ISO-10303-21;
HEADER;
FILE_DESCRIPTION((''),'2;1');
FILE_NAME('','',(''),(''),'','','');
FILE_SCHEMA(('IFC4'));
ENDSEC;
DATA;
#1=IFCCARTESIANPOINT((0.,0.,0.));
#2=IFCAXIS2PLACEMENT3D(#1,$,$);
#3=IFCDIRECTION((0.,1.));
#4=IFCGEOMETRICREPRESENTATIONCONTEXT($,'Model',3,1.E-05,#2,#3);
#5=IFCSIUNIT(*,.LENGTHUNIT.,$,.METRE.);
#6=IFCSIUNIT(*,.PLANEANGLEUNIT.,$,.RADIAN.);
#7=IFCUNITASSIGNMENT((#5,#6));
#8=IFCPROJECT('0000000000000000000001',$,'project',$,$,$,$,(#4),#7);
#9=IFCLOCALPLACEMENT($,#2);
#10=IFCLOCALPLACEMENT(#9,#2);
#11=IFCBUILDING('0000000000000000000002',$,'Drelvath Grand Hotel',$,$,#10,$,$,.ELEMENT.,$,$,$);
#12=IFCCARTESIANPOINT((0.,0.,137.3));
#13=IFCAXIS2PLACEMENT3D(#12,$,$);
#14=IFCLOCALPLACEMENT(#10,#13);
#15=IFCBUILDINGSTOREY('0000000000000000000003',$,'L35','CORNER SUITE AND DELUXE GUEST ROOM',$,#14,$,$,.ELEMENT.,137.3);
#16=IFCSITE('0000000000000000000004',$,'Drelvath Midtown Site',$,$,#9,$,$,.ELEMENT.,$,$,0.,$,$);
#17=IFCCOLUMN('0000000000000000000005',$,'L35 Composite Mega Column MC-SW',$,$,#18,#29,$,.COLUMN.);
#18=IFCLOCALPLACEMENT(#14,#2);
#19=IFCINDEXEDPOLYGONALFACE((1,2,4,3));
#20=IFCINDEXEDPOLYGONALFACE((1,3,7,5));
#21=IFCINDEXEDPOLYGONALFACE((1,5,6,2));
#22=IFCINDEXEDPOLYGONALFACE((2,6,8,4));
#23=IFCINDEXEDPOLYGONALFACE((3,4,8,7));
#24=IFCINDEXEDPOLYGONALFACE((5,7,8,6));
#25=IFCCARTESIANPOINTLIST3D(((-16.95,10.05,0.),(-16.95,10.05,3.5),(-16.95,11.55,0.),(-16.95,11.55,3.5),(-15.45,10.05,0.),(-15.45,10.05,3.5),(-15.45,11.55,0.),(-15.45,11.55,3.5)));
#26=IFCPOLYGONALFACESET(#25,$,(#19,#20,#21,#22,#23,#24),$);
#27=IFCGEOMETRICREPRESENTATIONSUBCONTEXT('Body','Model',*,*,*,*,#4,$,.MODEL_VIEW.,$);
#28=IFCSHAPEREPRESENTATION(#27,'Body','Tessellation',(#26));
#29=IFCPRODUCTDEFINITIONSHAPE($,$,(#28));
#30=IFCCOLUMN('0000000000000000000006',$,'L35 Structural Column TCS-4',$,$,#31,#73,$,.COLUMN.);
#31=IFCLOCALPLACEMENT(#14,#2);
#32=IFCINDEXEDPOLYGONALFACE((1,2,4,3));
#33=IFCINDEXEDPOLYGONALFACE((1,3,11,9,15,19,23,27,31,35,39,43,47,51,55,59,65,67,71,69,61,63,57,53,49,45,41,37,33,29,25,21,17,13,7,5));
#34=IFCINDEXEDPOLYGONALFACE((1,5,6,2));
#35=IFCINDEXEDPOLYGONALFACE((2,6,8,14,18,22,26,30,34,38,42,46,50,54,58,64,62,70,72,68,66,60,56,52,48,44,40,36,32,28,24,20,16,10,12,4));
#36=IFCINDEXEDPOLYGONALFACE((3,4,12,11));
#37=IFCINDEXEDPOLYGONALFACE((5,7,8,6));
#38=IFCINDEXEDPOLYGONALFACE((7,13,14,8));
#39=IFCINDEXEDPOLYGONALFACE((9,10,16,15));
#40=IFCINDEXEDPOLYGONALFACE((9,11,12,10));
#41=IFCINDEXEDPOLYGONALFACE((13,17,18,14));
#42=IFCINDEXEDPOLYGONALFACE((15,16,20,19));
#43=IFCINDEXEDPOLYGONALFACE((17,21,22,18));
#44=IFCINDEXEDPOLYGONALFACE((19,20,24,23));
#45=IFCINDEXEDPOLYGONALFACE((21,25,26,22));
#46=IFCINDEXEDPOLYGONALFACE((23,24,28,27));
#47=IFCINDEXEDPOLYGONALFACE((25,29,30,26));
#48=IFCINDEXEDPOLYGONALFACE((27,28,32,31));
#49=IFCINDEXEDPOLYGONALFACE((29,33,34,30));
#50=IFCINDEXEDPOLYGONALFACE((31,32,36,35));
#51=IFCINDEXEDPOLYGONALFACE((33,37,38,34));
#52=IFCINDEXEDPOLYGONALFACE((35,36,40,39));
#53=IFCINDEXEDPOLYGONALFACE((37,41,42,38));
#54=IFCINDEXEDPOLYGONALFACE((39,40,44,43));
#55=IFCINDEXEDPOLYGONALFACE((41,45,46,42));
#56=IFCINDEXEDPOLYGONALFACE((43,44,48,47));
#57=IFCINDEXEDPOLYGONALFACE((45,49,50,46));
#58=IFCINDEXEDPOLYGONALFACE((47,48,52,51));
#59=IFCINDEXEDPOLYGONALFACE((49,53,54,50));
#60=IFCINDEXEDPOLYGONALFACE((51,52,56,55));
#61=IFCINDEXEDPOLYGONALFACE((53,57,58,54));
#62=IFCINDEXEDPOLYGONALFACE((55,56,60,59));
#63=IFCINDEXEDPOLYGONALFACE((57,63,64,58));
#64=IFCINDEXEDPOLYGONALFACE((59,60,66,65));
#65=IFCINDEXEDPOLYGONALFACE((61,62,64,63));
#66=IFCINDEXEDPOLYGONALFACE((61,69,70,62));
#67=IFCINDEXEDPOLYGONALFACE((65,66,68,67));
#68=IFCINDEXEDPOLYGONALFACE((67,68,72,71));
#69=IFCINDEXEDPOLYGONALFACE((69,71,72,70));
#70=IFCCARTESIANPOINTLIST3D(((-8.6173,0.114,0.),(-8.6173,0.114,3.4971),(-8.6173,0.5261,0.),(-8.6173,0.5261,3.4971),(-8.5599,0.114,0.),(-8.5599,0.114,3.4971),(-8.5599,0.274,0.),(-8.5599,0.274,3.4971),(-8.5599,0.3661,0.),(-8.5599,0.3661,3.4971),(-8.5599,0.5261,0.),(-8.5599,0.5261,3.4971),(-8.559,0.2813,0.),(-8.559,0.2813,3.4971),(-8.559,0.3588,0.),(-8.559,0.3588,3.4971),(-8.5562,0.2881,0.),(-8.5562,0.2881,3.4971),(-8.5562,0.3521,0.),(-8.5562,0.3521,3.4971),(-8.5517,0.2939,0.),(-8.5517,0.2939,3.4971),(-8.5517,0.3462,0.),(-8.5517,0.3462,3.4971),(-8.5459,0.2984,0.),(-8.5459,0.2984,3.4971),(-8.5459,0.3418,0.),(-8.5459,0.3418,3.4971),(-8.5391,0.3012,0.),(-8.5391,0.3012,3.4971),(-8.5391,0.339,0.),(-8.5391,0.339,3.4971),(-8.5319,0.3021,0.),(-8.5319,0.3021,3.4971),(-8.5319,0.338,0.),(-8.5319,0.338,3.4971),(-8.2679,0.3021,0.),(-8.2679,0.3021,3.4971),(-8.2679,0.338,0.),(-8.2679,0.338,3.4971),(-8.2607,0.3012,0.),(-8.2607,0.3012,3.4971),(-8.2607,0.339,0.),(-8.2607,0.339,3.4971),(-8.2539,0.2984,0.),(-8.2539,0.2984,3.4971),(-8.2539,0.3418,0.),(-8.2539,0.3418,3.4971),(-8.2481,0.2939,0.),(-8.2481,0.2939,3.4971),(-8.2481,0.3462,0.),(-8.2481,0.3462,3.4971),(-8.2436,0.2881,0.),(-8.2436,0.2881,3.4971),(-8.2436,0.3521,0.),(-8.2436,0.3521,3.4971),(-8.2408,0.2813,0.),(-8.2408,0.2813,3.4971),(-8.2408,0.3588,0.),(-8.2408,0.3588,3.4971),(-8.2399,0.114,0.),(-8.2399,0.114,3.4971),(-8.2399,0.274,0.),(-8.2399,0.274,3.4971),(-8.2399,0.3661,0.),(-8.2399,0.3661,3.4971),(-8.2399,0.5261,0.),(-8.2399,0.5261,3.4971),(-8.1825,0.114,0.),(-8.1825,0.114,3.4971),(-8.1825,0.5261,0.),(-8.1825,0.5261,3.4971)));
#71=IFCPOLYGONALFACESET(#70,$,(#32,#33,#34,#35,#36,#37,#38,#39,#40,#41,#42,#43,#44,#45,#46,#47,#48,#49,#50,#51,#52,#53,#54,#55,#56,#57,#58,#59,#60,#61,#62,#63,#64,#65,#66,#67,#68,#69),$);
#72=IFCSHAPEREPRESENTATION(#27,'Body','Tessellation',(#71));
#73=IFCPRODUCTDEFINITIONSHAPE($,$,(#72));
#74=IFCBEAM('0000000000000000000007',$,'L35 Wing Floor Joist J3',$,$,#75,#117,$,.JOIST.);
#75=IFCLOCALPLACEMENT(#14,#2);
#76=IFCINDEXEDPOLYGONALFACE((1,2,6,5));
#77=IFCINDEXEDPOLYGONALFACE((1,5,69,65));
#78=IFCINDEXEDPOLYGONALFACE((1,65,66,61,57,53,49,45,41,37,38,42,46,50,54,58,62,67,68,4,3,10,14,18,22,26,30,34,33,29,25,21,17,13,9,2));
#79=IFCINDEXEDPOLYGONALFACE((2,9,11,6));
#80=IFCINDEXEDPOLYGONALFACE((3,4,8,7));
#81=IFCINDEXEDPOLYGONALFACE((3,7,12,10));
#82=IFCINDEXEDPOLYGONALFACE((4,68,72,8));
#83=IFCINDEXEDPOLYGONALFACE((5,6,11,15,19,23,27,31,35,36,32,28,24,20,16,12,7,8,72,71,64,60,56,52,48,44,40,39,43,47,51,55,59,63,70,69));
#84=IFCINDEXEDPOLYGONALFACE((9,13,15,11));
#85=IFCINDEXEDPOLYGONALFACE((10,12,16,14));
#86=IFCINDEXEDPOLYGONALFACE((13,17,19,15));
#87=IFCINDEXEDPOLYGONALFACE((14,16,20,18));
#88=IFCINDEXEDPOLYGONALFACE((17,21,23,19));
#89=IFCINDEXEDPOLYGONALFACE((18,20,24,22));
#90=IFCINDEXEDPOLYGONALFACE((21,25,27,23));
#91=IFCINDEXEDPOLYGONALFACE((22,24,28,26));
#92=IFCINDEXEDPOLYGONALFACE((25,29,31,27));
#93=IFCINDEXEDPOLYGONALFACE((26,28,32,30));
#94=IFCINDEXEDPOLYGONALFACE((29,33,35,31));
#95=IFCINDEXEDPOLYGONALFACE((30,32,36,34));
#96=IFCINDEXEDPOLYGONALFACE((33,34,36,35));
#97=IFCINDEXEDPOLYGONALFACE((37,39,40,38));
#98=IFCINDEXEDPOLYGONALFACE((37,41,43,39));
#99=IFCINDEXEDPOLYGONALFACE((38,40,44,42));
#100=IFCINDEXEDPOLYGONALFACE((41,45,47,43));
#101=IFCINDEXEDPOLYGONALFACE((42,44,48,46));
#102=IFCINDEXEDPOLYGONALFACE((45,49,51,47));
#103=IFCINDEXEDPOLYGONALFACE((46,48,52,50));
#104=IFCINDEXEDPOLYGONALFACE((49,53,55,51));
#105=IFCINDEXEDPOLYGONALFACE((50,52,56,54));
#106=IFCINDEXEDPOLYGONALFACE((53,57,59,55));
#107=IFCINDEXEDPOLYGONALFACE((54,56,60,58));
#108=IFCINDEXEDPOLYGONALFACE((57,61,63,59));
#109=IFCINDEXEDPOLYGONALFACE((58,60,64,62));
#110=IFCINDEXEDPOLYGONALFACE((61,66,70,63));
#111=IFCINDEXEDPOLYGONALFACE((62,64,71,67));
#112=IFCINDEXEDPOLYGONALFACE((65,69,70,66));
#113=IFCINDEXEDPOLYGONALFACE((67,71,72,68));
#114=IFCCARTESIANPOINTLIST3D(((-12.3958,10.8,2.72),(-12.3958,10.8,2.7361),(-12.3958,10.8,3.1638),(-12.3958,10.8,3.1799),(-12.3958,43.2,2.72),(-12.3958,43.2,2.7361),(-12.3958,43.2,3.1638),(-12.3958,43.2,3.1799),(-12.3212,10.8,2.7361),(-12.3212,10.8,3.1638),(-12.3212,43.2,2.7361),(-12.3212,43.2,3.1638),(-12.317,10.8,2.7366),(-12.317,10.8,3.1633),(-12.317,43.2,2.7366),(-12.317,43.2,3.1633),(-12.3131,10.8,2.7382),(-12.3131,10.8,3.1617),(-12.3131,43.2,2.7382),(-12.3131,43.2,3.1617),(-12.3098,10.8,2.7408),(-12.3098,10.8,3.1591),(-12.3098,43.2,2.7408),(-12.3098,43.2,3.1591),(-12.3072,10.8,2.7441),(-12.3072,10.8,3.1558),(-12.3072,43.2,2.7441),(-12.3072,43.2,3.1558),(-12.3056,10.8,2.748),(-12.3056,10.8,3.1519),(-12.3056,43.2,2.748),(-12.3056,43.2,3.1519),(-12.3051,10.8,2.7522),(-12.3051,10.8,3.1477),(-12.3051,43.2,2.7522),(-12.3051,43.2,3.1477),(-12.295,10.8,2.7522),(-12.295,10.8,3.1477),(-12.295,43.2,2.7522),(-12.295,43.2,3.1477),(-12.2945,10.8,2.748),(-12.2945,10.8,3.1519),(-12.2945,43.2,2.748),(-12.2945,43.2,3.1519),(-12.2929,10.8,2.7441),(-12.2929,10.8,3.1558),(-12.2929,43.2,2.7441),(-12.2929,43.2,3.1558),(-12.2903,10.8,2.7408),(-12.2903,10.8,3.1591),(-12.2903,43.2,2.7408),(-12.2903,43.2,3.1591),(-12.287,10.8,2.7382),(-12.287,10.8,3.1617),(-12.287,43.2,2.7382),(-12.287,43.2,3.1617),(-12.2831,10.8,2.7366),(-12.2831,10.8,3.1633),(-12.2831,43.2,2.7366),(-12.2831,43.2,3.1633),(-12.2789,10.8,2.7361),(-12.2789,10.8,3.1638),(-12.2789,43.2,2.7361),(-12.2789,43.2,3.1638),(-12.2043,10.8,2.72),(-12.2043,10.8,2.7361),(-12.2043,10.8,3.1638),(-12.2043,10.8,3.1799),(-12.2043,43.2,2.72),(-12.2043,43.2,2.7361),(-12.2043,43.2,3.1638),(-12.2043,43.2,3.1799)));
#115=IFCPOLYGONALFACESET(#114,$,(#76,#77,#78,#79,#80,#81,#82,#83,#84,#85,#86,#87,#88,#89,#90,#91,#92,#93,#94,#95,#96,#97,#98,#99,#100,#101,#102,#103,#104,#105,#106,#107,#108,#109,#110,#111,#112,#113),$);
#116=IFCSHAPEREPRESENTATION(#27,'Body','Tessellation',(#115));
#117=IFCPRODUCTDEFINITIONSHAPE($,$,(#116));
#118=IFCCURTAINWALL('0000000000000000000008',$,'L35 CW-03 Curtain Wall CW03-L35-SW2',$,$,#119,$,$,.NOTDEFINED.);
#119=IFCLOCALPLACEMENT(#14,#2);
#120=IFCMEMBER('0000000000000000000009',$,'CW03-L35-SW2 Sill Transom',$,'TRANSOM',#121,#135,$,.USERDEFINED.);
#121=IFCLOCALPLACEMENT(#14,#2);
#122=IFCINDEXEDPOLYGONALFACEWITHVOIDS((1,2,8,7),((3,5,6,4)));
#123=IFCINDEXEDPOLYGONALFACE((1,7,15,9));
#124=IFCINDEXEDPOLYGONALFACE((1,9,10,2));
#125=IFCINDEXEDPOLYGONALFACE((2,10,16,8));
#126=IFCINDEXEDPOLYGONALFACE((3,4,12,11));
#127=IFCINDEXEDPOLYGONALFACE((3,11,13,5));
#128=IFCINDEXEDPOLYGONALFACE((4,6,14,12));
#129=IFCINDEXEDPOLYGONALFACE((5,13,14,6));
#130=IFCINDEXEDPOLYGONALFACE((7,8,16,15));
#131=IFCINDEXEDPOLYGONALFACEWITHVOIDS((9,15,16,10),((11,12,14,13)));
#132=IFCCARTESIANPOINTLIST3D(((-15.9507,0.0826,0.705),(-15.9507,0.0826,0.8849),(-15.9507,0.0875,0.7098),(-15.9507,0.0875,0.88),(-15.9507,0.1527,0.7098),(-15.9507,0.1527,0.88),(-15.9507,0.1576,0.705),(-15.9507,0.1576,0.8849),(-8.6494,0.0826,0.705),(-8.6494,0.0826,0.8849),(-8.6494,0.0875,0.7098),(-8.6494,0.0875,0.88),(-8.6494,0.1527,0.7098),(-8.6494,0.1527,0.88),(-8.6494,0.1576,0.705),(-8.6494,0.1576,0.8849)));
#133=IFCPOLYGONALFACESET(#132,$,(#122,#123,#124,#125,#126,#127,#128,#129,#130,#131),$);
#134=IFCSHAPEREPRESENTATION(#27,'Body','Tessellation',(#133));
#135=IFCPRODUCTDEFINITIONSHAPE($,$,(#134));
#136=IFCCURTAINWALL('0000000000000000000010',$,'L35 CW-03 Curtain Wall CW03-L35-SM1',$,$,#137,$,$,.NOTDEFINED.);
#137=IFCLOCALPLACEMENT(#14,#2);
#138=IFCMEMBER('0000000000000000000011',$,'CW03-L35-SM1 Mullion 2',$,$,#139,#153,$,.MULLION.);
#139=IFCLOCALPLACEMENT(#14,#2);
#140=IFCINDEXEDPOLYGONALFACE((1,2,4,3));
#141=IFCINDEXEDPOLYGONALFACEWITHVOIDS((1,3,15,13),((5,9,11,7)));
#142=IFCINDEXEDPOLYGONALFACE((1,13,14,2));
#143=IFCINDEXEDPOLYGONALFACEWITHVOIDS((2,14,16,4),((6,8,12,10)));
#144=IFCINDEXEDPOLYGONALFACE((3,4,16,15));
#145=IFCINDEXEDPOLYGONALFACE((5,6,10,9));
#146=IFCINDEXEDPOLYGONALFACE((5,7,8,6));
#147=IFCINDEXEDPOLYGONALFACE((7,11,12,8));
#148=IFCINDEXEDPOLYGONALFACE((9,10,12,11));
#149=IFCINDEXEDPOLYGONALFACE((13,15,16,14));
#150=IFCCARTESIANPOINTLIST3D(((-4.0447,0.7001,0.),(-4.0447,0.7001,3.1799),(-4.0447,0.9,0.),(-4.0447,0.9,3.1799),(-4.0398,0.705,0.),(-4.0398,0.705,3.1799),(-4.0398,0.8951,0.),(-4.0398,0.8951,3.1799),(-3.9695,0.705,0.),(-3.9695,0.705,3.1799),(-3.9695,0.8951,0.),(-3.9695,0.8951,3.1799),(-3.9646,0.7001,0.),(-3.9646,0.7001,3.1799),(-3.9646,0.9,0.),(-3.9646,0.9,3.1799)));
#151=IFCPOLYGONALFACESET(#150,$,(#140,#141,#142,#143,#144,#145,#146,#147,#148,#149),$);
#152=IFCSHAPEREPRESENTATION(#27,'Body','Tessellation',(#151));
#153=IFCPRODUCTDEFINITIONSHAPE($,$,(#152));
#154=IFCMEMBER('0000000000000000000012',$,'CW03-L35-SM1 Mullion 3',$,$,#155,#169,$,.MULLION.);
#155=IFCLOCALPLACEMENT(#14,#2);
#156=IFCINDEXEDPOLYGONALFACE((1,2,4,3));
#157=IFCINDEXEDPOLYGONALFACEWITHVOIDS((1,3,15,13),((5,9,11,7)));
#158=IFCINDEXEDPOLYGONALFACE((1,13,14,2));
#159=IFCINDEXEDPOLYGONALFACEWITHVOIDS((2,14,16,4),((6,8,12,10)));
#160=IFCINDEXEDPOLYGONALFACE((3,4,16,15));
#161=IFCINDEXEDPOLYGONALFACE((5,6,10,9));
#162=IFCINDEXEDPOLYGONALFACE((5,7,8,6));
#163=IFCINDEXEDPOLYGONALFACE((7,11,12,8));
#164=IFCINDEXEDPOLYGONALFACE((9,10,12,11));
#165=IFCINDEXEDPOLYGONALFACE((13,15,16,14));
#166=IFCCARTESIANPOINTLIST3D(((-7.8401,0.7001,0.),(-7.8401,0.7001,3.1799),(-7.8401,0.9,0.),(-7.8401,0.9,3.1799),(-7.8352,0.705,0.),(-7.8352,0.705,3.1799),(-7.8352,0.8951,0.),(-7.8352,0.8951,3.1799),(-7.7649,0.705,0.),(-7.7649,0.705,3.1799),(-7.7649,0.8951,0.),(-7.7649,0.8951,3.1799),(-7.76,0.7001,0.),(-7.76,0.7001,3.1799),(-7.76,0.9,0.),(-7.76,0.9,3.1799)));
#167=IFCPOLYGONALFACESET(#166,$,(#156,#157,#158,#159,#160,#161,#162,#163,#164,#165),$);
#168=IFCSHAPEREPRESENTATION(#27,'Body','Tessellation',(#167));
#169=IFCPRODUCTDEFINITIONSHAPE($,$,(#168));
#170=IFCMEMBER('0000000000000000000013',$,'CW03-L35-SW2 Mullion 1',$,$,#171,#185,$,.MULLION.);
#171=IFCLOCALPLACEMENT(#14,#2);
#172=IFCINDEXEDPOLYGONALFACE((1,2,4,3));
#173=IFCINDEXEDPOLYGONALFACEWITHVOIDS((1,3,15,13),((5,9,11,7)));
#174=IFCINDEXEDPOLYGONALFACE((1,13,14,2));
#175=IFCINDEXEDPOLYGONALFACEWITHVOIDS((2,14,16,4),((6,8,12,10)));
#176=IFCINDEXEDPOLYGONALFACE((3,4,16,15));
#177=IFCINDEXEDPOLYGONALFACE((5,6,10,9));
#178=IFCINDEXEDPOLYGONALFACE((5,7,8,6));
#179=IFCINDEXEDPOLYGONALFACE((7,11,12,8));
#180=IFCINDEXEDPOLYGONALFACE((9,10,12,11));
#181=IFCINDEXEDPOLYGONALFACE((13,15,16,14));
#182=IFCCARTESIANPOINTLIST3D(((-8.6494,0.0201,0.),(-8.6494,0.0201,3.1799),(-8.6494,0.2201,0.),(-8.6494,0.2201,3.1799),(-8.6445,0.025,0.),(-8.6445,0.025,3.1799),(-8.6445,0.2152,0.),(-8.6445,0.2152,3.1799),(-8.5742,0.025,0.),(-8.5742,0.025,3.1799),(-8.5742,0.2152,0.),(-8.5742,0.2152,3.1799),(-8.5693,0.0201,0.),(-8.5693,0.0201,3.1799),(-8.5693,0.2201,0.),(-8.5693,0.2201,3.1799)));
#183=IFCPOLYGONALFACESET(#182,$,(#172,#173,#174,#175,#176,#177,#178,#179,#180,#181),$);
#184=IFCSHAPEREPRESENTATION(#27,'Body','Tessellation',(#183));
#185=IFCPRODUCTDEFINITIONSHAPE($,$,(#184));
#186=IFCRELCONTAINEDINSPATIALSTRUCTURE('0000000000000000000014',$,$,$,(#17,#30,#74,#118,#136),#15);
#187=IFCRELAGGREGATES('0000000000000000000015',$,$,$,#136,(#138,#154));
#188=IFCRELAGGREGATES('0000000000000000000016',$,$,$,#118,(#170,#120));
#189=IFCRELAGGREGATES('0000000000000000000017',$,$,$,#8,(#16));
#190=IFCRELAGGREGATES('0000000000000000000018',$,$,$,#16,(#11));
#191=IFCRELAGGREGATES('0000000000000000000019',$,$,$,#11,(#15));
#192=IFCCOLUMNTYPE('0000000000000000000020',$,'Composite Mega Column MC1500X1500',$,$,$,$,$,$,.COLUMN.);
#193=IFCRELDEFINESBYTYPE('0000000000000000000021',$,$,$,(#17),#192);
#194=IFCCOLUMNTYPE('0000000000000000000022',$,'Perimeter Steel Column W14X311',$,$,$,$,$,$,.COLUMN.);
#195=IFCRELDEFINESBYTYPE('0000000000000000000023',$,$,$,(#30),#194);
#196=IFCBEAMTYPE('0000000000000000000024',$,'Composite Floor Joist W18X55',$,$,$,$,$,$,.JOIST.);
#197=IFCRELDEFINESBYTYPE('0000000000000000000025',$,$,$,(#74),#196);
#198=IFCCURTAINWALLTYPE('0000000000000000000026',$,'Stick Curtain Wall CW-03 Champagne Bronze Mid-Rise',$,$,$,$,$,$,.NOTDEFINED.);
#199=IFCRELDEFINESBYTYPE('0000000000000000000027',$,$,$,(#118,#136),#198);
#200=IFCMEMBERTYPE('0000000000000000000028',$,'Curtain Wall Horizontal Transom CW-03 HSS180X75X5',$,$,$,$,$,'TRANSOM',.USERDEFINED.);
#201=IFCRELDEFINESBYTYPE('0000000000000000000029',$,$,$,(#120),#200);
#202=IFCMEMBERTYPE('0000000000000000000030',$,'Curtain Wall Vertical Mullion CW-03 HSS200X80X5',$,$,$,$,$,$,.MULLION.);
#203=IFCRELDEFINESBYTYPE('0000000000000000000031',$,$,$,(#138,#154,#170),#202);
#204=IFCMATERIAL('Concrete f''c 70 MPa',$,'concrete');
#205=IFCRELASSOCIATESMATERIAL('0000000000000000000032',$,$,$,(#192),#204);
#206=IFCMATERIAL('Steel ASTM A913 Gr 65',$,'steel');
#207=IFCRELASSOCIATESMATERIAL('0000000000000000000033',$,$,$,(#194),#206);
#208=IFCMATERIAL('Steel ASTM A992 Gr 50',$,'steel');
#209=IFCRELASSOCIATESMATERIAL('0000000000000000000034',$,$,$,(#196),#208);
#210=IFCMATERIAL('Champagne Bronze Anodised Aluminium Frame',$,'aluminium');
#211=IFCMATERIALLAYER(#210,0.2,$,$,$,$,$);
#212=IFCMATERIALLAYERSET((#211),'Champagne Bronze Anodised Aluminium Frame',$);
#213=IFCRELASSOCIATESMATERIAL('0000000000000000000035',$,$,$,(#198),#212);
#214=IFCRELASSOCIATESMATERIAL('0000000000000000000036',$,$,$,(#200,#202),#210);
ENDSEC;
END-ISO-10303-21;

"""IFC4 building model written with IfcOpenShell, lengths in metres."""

from ifc_helpers import new_model, si_unit, direction, frame, origin, origin_2d, place, context, subcontext, project, spatial, rectangle, hollow_rectangle, i_section, extrude, material, layer, layer_set, material_profile, profile_set, type_object, element, aggregate, save


model = new_model("IFC4")

# Units and contexts
model_context = context("Model", 3, precision=1e-05, world=origin(), true_north=direction((0.0, 1.0)))
body_context = subcontext(model_context, "Body", "Model", "MODEL_VIEW")
ifc_project = project(units=[si_unit("LENGTHUNIT", "METRE"), si_unit("PLANEANGLEUNIT", "RADIAN")], contexts=[model_context])

# Site, building, storey
site_placement = place(None, origin())
site = spatial("IfcSite", under=ifc_project, at=site_placement, Name="Drelvath Midtown Site", CompositionType="ELEMENT", RefElevation=0.0)
building_placement = place(site_placement, origin())
building = spatial("IfcBuilding", under=site, at=building_placement, Name="Drelvath Grand Hotel", CompositionType="ELEMENT")
storey_placement = place(building_placement, frame((0.0, 0.0, 137.3)))
storey = spatial("IfcBuildingStorey", under=building, at=storey_placement, Name="L35", Description="CORNER SUITE AND DELUXE GUEST ROOM", CompositionType="ELEMENT", Elevation=137.3)

# Columns
ifc_material_1 = material(Name="Concrete f'c 70 MPa", Category="concrete")
ifc_material_profile_1 = material_profile(ifc_material_1, rectangle(XDim=1.5, YDim=1.5, at=origin_2d()), Name="MC1500X1500")
ifc_profile_set_1 = profile_set([ifc_material_profile_1], Name="Concrete f'c 70 MPa")
column_type_1 = type_object("IfcColumnType", Name="Composite Mega Column MC1500X1500", PredefinedType="COLUMN", material=ifc_profile_set_1)
column_1_placement = place(storey_placement, frame((-16.2, 10.8, 0.0), z_axis=(0.0, 0.0, 1.0), x_axis=(1.0, 0.0, 0.0)))
element("IfcColumn", 1, at=column_1_placement, inside=storey, type_object=column_type_1, Name="L35 Composite Mega Column MC-SW", PredefinedType="COLUMN", context=body_context, shape_type="SweptSolid", body=[
    extrude(rectangle(XDim=1.5, YDim=1.5, at=origin_2d()), origin(), (0.0, 0.0, 1.0), 3.5),
])
ifc_material_2 = material(Name="Steel ASTM A913 Gr 65", Category="steel")
ifc_material_profile_2 = material_profile(ifc_material_2, i_section(OverallWidth=0.4121, OverallDepth=0.4348, WebThickness=0.0359, FlangeThickness=0.0574, FilletRadius=0.0281, at=origin_2d()), Name="W14X311")
ifc_profile_set_2 = profile_set([ifc_material_profile_2], Name="Steel ASTM A913 Gr 65")
column_type_2 = type_object("IfcColumnType", Name="Perimeter Steel Column W14X311", PredefinedType="COLUMN", material=ifc_profile_set_2)
column_2_placement = place(storey_placement, frame((-8.3999, 0.3201, 0.0), z_axis=(0.0, 0.0, 1.0), x_axis=(0.0, 1.0, 0.0)))
element("IfcColumn", 2, at=column_2_placement, inside=storey, type_object=column_type_2, Name="L35 Structural Column TCS-4", PredefinedType="COLUMN", context=body_context, shape_type="SweptSolid", body=[
    extrude(i_section(OverallWidth=0.4121, OverallDepth=0.4348, WebThickness=0.0359, FlangeThickness=0.0574, FilletRadius=0.0281, at=origin_2d()), origin(), (0.0, 0.0, 1.0), 3.4971),
])

# Beam
ifc_material_3 = material(Name="Steel ASTM A992 Gr 50", Category="steel")
ifc_material_profile_3 = material_profile(ifc_material_3, i_section(OverallWidth=0.1914, OverallDepth=0.46, WebThickness=0.01, FlangeThickness=0.0161, FilletRadius=0.0161, at=origin_2d()), Name="W18X55")
ifc_profile_set_3 = profile_set([ifc_material_profile_3], Name="Steel ASTM A992 Gr 50")
beam_type_1 = type_object("IfcBeamType", Name="Composite Floor Joist W18X55", PredefinedType="JOIST", material=ifc_profile_set_3)
beam_1_placement = place(storey_placement, frame((-12.3, 10.8, 2.95), z_axis=(0.0, 1.0, 0.0), x_axis=(-1.0, 0.0, 0.0)))
element("IfcBeam", 3, at=beam_1_placement, inside=storey, type_object=beam_type_1, Name="L35 Wing Floor Joist J3", PredefinedType="JOIST", context=body_context, shape_type="SweptSolid", body=[
    extrude(i_section(OverallWidth=0.1914, OverallDepth=0.46, WebThickness=0.01, FlangeThickness=0.0161, FilletRadius=0.0161, at=origin_2d()), origin(), (0.0, 0.0, 1.0), 32.3999),
])

# Curtain wall, member
ifc_material_4 = material(Name="Champagne Bronze Anodised Aluminium Frame", Category="aluminium")
ifc_layer_1 = layer(ifc_material_4, 0.2)
ifc_layer_set_1 = layer_set([ifc_layer_1], Name="Champagne Bronze Anodised Aluminium Frame")
curtain_wall_type = type_object("IfcCurtainWallType", Name="Stick Curtain Wall CW-03 Champagne Bronze Mid-Rise", PredefinedType="NOTDEFINED", material=ifc_layer_set_1)
curtain_wall_1_placement = place(storey_placement, origin())
curtain_wall_1 = element("IfcCurtainWall", 4, at=curtain_wall_1_placement, inside=storey, type_object=curtain_wall_type, Name="L35 CW-03 Curtain Wall CW03-L35-SW2", PredefinedType="NOTDEFINED")
ifc_material_profile_4 = material_profile(ifc_material_4, hollow_rectangle(XDim=0.075, YDim=0.1799, WallThickness=0.0049, at=origin_2d()), Name="HSS180X75X5")
ifc_profile_set_4 = profile_set([ifc_material_profile_4], Name="Champagne Bronze Anodised Aluminium Frame")
member_type_1 = type_object("IfcMemberType", Name="Curtain Wall Horizontal Transom CW-03 HSS180X75X5", ElementType="TRANSOM", PredefinedType="USERDEFINED", material=ifc_profile_set_4)
member_1_placement = place(storey_placement, frame((-8.6494, 0.1201, 0.7949), z_axis=(-1.0, 0.0, 0.0), x_axis=(0.0, -1.0, 0.0)))
member_1 = element("IfcMember", 5, at=member_1_placement, type_object=member_type_1, Name="CW03-L35-SW2 Sill Transom", ObjectType="TRANSOM", PredefinedType="USERDEFINED", context=body_context, shape_type="SweptSolid", body=[
    extrude(hollow_rectangle(XDim=0.075, YDim=0.1799, WallThickness=0.0049, at=origin_2d()), origin(), (0.0, 0.0, 1.0), 7.3013),
])

# Curtain wall, members
curtain_wall_2_placement = place(storey_placement, origin())
curtain_wall_2 = element("IfcCurtainWall", 6, at=curtain_wall_2_placement, inside=storey, type_object=curtain_wall_type, Name="L35 CW-03 Curtain Wall CW03-L35-SM1", PredefinedType="NOTDEFINED")
ifc_material_profile_5 = material_profile(ifc_material_4, hollow_rectangle(XDim=0.0801, YDim=0.2, WallThickness=0.0049, at=origin_2d()), Name="HSS200X80X5")
ifc_profile_set_5 = profile_set([ifc_material_profile_5], Name="Champagne Bronze Anodised Aluminium Frame")
member_type_2 = type_object("IfcMemberType", Name="Curtain Wall Vertical Mullion CW-03 HSS200X80X5", PredefinedType="MULLION", material=ifc_profile_set_5)
member_2_placement = place(storey_placement, frame((-4.0046, 0.8, 0.0), z_axis=(0.0, 0.0, 1.0), x_axis=(1.0, 0.0, 0.0)))
member_2 = element("IfcMember", 7, at=member_2_placement, type_object=member_type_2, Name="CW03-L35-SM1 Mullion 2", PredefinedType="MULLION", context=body_context, shape_type="SweptSolid", body=[
    extrude(hollow_rectangle(XDim=0.0801, YDim=0.2, WallThickness=0.0049, at=origin_2d()), origin(), (0.0, 0.0, 1.0), 3.1799),
])
member_3_placement = place(storey_placement, frame((-7.8, 0.8, 0.0), z_axis=(0.0, 0.0, 1.0), x_axis=(1.0, 0.0, 0.0)))
member_3 = element("IfcMember", 8, at=member_3_placement, type_object=member_type_2, Name="CW03-L35-SM1 Mullion 3", PredefinedType="MULLION", context=body_context, shape_type="SweptSolid", body=[
    extrude(hollow_rectangle(XDim=0.0801, YDim=0.2, WallThickness=0.0049, at=origin_2d()), origin(), (0.0, 0.0, 1.0), 3.1799),
])

# Member
member_4_placement = place(storey_placement, frame((-8.6094, 0.1201, 0.0), z_axis=(0.0, 0.0, 1.0), x_axis=(1.0, 0.0, 0.0)))
member_4 = element("IfcMember", 9, at=member_4_placement, type_object=member_type_2, Name="CW03-L35-SW2 Mullion 1", PredefinedType="MULLION", context=body_context, shape_type="SweptSolid", body=[
    extrude(hollow_rectangle(XDim=0.0801, YDim=0.2, WallThickness=0.0049, at=origin_2d()), origin(), (0.0, 0.0, 1.0), 3.1799),
])

aggregate(curtain_wall_2, [member_2, member_3])
aggregate(curtain_wall_1, [member_4, member_1])

save(model, "model.ifc")
